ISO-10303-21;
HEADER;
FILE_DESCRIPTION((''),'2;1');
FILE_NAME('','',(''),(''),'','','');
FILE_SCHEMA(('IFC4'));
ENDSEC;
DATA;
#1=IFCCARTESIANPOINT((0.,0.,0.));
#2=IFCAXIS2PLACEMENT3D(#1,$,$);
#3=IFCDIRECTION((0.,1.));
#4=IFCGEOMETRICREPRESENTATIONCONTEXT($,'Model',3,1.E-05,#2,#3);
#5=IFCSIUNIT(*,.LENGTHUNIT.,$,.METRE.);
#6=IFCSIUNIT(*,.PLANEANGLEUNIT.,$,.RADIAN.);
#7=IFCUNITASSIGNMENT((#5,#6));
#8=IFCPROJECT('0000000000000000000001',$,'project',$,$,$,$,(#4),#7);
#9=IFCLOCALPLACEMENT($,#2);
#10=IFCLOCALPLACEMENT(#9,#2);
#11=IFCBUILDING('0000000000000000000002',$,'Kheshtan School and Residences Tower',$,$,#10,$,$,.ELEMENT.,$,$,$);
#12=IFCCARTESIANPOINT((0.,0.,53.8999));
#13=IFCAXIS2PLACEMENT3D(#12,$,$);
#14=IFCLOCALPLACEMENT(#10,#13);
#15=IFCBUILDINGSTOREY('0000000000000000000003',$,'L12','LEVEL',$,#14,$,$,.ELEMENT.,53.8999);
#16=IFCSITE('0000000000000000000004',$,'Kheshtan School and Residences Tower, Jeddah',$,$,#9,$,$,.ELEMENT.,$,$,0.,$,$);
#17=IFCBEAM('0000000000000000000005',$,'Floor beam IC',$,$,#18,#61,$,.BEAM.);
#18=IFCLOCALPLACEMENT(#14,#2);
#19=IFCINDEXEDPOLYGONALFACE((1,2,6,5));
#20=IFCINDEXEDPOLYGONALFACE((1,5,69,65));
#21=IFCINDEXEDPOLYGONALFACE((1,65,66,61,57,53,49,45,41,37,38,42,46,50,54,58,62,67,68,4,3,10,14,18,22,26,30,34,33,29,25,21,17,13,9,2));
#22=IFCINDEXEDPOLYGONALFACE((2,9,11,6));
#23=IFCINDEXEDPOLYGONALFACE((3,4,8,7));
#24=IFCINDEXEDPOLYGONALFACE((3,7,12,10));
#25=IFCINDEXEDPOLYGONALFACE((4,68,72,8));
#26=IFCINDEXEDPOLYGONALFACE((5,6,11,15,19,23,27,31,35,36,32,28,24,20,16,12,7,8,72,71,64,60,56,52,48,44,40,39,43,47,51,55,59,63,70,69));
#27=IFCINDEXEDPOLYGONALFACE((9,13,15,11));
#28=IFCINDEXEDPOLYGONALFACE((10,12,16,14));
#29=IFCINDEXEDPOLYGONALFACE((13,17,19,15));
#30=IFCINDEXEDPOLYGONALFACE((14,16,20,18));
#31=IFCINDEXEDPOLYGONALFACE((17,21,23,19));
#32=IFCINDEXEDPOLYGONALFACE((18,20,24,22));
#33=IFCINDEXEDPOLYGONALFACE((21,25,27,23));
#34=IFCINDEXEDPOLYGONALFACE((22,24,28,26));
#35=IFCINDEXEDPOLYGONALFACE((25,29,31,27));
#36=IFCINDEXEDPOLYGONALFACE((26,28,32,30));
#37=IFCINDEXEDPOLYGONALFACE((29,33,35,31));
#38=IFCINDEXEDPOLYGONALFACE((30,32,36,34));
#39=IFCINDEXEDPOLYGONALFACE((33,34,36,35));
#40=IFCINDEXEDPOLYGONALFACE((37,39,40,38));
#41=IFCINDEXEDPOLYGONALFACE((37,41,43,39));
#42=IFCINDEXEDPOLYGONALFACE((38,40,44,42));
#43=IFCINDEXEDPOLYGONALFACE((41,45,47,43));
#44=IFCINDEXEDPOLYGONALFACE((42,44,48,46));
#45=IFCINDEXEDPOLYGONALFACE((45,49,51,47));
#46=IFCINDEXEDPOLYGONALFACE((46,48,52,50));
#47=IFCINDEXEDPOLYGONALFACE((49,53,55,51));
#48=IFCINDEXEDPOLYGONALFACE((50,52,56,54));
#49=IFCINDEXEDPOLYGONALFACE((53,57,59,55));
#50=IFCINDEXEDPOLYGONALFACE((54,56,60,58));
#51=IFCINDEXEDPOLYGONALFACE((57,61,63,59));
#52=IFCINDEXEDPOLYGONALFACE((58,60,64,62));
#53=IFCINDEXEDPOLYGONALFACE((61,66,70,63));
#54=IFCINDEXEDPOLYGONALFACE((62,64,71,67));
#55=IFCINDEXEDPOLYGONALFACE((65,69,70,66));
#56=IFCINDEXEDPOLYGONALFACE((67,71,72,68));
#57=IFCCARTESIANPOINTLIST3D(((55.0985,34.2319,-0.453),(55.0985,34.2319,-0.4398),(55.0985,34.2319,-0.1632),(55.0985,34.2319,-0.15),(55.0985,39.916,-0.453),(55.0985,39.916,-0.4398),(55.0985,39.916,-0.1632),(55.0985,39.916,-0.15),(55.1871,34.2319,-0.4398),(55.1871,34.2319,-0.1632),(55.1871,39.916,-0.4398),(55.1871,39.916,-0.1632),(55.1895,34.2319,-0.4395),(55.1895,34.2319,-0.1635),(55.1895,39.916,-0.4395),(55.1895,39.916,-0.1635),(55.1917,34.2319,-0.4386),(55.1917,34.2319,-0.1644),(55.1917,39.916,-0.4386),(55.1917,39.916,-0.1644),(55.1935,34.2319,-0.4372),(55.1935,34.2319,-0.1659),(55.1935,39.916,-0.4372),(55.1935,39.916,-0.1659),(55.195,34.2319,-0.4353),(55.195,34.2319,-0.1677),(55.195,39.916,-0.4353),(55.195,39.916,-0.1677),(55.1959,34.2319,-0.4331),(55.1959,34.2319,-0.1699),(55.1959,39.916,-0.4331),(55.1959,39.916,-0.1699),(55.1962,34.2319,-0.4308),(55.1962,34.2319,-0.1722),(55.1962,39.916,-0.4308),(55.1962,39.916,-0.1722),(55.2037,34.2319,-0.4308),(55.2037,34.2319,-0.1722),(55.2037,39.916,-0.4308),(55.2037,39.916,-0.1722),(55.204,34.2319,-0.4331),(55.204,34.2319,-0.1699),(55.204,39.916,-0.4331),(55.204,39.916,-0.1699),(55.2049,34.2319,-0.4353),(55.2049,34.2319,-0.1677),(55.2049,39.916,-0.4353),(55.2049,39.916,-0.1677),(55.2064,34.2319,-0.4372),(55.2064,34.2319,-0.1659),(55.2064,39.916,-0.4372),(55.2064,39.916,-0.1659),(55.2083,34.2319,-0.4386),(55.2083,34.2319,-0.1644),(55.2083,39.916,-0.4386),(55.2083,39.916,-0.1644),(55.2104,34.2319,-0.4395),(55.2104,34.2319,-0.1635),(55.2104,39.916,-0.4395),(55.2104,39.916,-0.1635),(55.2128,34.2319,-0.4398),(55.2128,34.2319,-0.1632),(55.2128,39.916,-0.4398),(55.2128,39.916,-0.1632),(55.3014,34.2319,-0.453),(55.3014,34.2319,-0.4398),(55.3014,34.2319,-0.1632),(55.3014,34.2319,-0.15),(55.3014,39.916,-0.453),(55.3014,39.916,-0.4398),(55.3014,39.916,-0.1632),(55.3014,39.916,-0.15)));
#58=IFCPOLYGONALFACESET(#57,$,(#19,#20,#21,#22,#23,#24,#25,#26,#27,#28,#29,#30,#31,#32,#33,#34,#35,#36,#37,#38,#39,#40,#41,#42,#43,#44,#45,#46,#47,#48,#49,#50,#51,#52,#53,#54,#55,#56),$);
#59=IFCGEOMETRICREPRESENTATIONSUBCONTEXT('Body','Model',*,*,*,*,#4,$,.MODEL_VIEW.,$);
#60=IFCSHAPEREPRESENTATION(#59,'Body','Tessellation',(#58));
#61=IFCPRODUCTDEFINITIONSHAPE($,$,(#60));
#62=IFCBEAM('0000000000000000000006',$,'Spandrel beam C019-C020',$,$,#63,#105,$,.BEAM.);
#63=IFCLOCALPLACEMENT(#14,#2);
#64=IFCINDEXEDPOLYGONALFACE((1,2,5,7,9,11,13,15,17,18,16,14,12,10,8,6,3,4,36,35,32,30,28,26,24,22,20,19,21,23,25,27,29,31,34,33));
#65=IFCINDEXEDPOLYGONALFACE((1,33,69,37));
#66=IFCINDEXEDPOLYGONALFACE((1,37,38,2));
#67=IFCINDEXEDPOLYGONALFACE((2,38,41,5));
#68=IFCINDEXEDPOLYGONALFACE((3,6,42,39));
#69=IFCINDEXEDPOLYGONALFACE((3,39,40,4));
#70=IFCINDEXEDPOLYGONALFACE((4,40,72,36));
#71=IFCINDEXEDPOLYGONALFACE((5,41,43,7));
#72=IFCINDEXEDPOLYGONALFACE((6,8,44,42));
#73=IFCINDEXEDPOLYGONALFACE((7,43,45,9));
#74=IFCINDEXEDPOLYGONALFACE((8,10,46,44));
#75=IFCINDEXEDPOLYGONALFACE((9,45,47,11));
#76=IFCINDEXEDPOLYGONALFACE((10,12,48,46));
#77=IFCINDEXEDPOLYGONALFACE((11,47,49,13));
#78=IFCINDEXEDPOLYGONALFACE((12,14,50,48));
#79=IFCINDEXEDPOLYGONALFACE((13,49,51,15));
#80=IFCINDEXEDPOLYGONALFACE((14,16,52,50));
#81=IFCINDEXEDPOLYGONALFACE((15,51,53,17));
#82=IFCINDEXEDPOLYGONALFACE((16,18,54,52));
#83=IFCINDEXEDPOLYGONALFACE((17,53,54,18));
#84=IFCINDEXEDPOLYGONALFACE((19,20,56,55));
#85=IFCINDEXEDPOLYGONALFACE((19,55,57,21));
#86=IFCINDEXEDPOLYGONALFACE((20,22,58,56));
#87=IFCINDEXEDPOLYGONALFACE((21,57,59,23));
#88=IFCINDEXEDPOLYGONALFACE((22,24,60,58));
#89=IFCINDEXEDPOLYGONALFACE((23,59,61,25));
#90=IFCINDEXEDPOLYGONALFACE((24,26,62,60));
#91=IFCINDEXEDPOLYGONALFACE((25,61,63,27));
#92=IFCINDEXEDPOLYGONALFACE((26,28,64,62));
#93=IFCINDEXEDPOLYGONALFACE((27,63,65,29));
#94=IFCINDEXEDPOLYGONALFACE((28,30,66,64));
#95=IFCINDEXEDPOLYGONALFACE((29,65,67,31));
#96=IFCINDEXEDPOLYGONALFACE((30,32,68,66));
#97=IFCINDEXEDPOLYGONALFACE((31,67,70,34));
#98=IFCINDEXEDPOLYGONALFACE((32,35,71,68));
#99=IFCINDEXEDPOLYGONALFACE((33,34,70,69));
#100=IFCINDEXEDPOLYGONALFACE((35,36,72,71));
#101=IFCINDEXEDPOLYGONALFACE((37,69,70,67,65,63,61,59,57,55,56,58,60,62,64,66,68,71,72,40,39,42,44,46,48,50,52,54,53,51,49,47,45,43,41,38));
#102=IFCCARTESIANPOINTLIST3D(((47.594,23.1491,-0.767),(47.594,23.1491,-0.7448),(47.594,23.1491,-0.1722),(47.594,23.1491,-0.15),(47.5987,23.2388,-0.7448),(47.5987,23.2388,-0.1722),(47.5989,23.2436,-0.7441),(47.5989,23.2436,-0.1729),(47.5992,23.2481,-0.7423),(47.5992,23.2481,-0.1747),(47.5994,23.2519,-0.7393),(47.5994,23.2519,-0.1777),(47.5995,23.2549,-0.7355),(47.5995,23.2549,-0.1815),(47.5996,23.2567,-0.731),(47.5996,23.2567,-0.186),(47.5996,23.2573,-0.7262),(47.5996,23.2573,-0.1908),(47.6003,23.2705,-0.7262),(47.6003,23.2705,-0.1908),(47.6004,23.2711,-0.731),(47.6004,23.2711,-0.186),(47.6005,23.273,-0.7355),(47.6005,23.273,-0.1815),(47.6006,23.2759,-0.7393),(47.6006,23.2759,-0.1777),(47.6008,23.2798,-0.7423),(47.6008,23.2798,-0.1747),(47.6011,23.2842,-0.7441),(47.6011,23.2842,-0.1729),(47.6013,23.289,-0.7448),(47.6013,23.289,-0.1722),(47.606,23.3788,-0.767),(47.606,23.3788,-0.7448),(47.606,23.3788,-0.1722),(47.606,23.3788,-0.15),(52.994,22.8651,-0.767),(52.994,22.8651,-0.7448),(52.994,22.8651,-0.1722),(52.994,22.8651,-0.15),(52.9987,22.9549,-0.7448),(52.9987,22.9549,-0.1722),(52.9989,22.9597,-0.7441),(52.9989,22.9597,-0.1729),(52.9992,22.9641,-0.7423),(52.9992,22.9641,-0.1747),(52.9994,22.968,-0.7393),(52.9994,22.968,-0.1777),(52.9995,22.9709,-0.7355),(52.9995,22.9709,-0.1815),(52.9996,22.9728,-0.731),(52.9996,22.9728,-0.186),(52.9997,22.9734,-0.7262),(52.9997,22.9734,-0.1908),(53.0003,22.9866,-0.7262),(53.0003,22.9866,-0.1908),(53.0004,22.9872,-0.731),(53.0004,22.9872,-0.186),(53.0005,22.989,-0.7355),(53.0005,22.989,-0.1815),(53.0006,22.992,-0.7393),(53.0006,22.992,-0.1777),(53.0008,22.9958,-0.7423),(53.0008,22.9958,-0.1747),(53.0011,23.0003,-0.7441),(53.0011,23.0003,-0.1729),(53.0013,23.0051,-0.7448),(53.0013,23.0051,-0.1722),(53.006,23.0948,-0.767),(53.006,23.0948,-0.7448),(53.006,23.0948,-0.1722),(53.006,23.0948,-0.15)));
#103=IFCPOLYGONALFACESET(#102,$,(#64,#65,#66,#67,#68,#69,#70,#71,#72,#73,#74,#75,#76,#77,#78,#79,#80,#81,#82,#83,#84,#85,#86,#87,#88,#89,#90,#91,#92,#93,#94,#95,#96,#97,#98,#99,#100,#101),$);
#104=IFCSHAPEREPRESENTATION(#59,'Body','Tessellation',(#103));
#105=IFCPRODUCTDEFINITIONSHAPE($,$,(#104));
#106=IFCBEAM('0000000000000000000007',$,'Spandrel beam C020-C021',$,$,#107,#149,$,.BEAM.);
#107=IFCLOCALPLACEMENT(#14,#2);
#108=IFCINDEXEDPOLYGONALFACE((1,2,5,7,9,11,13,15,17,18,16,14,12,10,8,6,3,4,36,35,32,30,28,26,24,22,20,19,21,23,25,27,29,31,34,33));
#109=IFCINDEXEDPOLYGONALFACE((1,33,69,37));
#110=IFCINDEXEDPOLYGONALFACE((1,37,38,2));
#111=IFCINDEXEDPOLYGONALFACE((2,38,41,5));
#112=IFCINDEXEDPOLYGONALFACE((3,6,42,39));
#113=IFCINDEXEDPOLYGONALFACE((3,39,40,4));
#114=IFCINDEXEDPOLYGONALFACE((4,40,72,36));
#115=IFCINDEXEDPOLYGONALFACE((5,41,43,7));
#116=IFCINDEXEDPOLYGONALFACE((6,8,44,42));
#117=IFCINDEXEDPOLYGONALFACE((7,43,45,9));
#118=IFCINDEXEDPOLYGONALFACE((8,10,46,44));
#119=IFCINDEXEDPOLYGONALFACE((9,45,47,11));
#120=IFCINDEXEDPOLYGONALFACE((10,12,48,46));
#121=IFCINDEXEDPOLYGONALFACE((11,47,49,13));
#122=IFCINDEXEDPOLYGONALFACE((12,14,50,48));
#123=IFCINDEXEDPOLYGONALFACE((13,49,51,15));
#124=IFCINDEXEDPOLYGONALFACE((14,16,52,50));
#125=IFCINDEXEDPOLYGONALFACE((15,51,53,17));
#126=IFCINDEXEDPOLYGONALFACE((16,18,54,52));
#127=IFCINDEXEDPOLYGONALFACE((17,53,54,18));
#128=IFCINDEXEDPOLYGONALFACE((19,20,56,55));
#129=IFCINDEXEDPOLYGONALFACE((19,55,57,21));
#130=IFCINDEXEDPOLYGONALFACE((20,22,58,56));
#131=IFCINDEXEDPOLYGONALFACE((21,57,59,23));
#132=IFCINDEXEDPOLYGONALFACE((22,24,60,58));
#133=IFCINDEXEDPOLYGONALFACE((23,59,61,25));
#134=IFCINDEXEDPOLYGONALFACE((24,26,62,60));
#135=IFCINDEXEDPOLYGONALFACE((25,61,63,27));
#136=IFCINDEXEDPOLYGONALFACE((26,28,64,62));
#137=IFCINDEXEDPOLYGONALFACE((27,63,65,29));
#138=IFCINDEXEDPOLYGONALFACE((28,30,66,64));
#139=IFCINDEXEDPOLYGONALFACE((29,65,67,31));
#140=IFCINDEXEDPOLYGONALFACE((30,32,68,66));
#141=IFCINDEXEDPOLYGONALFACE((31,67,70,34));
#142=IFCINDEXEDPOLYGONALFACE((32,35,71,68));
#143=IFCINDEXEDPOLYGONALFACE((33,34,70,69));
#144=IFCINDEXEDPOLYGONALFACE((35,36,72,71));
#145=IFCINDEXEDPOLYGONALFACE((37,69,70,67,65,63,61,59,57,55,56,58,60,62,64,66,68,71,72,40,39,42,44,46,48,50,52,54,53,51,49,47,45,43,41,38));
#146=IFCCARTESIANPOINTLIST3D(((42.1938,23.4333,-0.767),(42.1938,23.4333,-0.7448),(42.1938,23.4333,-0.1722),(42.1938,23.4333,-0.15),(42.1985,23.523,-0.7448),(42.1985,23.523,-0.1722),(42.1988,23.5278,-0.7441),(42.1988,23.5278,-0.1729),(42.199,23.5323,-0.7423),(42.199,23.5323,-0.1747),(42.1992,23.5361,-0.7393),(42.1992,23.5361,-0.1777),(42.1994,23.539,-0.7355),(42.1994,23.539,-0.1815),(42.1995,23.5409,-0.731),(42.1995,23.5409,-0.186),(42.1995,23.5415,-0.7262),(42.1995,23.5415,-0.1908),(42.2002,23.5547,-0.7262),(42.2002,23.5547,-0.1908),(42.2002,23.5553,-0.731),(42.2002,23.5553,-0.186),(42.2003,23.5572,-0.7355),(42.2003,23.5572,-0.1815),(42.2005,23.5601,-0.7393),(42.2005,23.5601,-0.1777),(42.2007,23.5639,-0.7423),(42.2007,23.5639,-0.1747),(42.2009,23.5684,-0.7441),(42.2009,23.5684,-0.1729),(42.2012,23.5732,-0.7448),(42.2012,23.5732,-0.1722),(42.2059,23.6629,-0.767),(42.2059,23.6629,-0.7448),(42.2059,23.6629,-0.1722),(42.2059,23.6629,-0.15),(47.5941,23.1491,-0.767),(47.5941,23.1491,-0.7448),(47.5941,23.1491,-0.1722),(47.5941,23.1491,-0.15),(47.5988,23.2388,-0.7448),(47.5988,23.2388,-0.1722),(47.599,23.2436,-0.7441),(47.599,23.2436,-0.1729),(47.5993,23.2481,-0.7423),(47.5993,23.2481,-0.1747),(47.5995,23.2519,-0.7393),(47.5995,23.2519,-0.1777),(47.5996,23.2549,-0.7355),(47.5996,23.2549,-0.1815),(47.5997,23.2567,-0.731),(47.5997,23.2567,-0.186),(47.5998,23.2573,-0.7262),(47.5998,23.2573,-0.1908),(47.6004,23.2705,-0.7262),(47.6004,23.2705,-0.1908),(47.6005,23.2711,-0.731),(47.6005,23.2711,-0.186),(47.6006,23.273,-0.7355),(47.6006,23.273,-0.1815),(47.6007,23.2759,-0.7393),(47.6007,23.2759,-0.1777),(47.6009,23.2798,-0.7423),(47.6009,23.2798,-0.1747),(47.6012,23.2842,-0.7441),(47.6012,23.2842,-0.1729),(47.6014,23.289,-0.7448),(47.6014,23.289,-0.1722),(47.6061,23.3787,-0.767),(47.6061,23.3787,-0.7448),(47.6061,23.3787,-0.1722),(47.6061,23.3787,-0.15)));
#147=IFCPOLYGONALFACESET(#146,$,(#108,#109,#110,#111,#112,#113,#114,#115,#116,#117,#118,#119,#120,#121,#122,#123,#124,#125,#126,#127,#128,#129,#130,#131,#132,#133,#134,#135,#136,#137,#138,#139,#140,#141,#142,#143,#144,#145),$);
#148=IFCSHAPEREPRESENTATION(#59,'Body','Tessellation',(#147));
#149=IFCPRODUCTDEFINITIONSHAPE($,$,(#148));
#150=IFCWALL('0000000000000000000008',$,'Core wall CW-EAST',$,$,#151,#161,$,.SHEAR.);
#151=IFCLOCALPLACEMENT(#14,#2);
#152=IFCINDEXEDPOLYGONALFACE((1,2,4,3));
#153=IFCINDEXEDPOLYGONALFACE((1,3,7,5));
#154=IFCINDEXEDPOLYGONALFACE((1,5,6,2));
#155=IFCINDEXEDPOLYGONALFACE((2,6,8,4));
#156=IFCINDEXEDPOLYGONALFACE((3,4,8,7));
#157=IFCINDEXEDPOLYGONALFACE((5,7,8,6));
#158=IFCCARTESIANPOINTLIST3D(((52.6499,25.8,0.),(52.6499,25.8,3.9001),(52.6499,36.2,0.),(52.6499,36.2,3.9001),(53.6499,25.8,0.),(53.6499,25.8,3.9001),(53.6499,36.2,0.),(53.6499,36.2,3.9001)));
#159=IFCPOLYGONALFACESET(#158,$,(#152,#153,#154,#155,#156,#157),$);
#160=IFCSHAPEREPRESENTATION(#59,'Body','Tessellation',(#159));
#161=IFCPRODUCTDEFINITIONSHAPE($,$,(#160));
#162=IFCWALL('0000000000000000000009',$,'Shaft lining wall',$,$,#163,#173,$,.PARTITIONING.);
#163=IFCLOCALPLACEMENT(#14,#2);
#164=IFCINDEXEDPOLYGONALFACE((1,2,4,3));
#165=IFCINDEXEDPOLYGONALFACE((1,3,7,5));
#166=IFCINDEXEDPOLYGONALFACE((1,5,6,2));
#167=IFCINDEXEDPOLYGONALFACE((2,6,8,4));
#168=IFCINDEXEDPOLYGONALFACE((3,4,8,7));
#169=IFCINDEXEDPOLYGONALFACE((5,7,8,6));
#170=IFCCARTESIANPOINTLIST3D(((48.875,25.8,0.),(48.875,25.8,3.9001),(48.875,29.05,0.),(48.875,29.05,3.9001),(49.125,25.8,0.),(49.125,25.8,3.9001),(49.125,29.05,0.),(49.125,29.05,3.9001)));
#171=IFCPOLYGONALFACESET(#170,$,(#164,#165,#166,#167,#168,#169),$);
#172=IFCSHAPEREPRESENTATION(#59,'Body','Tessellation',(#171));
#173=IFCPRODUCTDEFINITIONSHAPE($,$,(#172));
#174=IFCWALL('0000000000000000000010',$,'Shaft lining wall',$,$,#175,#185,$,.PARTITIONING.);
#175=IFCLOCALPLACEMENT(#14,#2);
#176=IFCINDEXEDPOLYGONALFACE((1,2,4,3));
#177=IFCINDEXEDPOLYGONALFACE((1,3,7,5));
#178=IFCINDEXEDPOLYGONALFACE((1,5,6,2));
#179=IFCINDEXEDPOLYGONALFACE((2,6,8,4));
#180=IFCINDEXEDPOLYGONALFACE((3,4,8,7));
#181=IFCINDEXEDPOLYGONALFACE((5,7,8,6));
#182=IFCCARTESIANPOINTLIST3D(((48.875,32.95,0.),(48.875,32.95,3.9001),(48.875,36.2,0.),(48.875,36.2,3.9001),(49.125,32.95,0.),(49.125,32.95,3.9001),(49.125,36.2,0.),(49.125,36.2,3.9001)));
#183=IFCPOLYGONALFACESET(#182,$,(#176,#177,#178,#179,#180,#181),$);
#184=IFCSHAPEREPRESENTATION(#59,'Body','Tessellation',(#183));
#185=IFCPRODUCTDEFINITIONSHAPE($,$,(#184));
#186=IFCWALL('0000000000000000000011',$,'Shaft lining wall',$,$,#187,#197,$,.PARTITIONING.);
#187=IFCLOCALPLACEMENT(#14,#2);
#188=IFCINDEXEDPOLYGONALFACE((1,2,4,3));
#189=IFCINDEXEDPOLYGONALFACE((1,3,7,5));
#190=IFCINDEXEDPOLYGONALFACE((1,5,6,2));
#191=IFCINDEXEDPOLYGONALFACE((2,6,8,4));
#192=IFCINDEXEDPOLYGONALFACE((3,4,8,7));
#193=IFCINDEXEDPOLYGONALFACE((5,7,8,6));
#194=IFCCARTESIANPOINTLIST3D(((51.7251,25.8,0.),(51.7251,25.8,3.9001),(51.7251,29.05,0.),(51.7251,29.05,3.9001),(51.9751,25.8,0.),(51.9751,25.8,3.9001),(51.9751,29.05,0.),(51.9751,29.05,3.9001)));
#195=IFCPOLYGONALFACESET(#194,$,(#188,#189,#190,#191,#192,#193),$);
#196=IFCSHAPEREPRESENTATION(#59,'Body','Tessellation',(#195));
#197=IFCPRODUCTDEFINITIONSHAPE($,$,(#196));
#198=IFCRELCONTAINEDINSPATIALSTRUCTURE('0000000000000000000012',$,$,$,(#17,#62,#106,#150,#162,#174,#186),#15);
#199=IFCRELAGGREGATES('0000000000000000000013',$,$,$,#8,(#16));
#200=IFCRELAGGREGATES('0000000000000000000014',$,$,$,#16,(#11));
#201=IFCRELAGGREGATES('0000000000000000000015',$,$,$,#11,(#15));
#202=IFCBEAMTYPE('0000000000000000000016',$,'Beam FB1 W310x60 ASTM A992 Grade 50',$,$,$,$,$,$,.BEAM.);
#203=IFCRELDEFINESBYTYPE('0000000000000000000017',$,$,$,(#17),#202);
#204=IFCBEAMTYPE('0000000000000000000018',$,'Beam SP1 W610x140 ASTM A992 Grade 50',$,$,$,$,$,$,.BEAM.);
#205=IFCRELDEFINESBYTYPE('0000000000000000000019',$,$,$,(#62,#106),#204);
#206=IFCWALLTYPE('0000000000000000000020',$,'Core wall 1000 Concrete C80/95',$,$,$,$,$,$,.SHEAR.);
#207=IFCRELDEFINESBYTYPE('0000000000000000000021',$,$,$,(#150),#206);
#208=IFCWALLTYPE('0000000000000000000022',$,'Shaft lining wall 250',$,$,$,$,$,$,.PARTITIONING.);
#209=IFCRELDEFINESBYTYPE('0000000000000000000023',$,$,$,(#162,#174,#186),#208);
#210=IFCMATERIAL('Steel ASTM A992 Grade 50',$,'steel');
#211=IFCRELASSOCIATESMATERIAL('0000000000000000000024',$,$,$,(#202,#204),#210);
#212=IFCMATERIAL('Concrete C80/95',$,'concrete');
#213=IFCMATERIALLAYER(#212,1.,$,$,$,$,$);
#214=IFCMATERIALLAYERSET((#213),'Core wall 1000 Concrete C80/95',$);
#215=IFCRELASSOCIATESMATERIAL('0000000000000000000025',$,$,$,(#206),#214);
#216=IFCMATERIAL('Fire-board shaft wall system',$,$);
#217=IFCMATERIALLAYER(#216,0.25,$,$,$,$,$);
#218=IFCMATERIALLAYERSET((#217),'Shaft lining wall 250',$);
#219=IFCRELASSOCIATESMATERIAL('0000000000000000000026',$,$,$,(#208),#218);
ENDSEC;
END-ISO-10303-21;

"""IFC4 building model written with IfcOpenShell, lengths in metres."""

from ifc_helpers import new_model, si_unit, direction, frame, frame_2d, origin, origin_2d, place, context, subcontext, project, spatial, rectangle, i_section, extrude, material, layer, layer_set, material_profile, profile_set, type_object, element, save


model = new_model("IFC4")

# Units and contexts
model_context = context("Model", 3, precision=1e-05, world=origin(), true_north=direction((0.0, 1.0)))
body_context = subcontext(model_context, "Body", "Model", "MODEL_VIEW")
ifc_project = project(units=[si_unit("LENGTHUNIT", "METRE"), si_unit("PLANEANGLEUNIT", "RADIAN")], contexts=[model_context])

# Site, building, storey
site_placement = place(None, origin())
site = spatial("IfcSite", under=ifc_project, at=site_placement, Name="Kheshtan School and Residences Tower, Jeddah", CompositionType="ELEMENT", RefElevation=0.0)
building_placement = place(site_placement, origin())
building = spatial("IfcBuilding", under=site, at=building_placement, Name="Kheshtan School and Residences Tower", CompositionType="ELEMENT")
storey_placement = place(building_placement, frame((0.0, 0.0, 53.8999)))
storey = spatial("IfcBuildingStorey", under=building, at=storey_placement, Name="L12", Description="LEVEL", CompositionType="ELEMENT", Elevation=53.8999)

# Shared definitions
ifc_material_1 = material(Name="Steel ASTM A992 Grade 50", Category="steel")

# Beams
ifc_material_profile_1 = material_profile(ifc_material_1, i_section(OverallWidth=0.2029, OverallDepth=0.303, WebThickness=0.0076, FlangeThickness=0.0132, FilletRadius=0.009, at=origin_2d()), Name="W310x60")
ifc_profile_set_1 = profile_set([ifc_material_profile_1], Name="Steel ASTM A992 Grade 50")
beam_type_1 = type_object("IfcBeamType", Name="Beam FB1 W310x60 ASTM A992 Grade 50", PredefinedType="BEAM", material=ifc_profile_set_1)
beam_1_placement = place(storey_placement, frame((55.2, 34.2319, -0.3015), z_axis=(0.0, 1.0, 0.0), x_axis=(-1.0, 0.0, 0.0)))
element("IfcBeam", 1, at=beam_1_placement, inside=storey, type_object=beam_type_1, Name="Floor beam IC", PredefinedType="BEAM", context=body_context, shape_type="SweptSolid", body=[
    extrude(i_section(OverallWidth=0.2029, OverallDepth=0.303, WebThickness=0.0076, FlangeThickness=0.0132, FilletRadius=0.009, at=origin_2d()), origin(), (0.0, 0.0, 1.0), 5.6841),
])
ifc_material_profile_2 = material_profile(ifc_material_1, i_section(OverallWidth=0.23, OverallDepth=0.6169, WebThickness=0.0132, FlangeThickness=0.0222, FilletRadius=0.0186, at=origin_2d()), Name="W610x140")
ifc_profile_set_2 = profile_set([ifc_material_profile_2], Name="Steel ASTM A992 Grade 50")
beam_type_2 = type_object("IfcBeamType", Name="Beam SP1 W610x140 ASTM A992 Grade 50", PredefinedType="BEAM", material=ifc_profile_set_2)
beam_2_placement = place(storey_placement, frame((53.0, 22.98, -0.4585), z_axis=(-0.99862, 0.052509, 0.0), x_axis=(-0.052509, -0.99862, 0.0)))
element("IfcBeam", 2, at=beam_2_placement, inside=storey, type_object=beam_type_2, Name="Spandrel beam C019-C020", PredefinedType="BEAM", context=body_context, shape_type="SweptSolid", body=[
    extrude(i_section(OverallWidth=0.23, OverallDepth=0.6169, WebThickness=0.0132, FlangeThickness=0.0222, FilletRadius=0.0186, at=origin_2d()), origin(), (0.0, 0.0, 1.0), 5.4075),
])
beam_3_placement = place(storey_placement, frame((47.6001, 23.2639, -0.4585), z_axis=(-0.998618, 0.052552, 0.0), x_axis=(-0.052552, -0.998618, 0.0)))
element("IfcBeam", 3, at=beam_3_placement, inside=storey, type_object=beam_type_2, Name="Spandrel beam C020-C021", PredefinedType="BEAM", context=body_context, shape_type="SweptSolid", body=[
    extrude(i_section(OverallWidth=0.23, OverallDepth=0.6169, WebThickness=0.0132, FlangeThickness=0.0222, FilletRadius=0.0186, at=origin_2d()), origin(), (0.0, 0.0, 1.0), 5.4077),
])

# Walls
ifc_material_2 = material(Name="Concrete C80/95", Category="concrete")
ifc_layer_1 = layer(ifc_material_2, 1.0)
ifc_layer_set_1 = layer_set([ifc_layer_1], Name="Core wall 1000 Concrete C80/95")
wall_type_1 = type_object("IfcWallType", Name="Core wall 1000 Concrete C80/95", PredefinedType="SHEAR", material=ifc_layer_set_1)
wall_1_placement = place(storey_placement, frame((53.1499, 25.8, 0.0), z_axis=(0.0, 0.0, 1.0), x_axis=(0.0, 1.0, 0.0)))
element("IfcWall", 4, at=wall_1_placement, inside=storey, type_object=wall_type_1, Name="Core wall CW-EAST", PredefinedType="SHEAR", context=body_context, shape_type="SweptSolid", body=[
    extrude(rectangle(XDim=10.3999, YDim=1.0, at=frame_2d((5.2, 0.0))), origin(), (0.0, 0.0, 1.0), 3.9001),
])
ifc_material_3 = material(Name="Fire-board shaft wall system")
ifc_layer_2 = layer(ifc_material_3, 0.25)
ifc_layer_set_2 = layer_set([ifc_layer_2], Name="Shaft lining wall 250")
wall_type_2 = type_object("IfcWallType", Name="Shaft lining wall 250", PredefinedType="PARTITIONING", material=ifc_layer_set_2)
for number, where, z_axis, x_axis, name in (
    (5, (49.0, 25.8, 0.0), (0.0, 0.0, 1.0), (0.0, 1.0, 0.0), "Shaft lining wall"),
    (6, (49.0, 32.95, 0.0), (0.0, 0.0, 1.0), (0.0, 1.0, 0.0), "Shaft lining wall"),
    (7, (51.8501, 25.8, 0.0), (0.0, 0.0, 1.0), (0.0, 1.0, 0.0), "Shaft lining wall"),
):
    element("IfcWall", number, at=place(storey_placement, frame(where, z_axis=z_axis, x_axis=x_axis)), inside=storey, type_object=wall_type_2, Name=name, PredefinedType="PARTITIONING", context=body_context, shape_type="SweptSolid", body=[
        extrude(rectangle(XDim=3.25, YDim=0.25, at=frame_2d((1.625, 0.0))), origin(), (0.0, 0.0, 1.0), 3.9001),
    ])

save(model, "model.ifc")
